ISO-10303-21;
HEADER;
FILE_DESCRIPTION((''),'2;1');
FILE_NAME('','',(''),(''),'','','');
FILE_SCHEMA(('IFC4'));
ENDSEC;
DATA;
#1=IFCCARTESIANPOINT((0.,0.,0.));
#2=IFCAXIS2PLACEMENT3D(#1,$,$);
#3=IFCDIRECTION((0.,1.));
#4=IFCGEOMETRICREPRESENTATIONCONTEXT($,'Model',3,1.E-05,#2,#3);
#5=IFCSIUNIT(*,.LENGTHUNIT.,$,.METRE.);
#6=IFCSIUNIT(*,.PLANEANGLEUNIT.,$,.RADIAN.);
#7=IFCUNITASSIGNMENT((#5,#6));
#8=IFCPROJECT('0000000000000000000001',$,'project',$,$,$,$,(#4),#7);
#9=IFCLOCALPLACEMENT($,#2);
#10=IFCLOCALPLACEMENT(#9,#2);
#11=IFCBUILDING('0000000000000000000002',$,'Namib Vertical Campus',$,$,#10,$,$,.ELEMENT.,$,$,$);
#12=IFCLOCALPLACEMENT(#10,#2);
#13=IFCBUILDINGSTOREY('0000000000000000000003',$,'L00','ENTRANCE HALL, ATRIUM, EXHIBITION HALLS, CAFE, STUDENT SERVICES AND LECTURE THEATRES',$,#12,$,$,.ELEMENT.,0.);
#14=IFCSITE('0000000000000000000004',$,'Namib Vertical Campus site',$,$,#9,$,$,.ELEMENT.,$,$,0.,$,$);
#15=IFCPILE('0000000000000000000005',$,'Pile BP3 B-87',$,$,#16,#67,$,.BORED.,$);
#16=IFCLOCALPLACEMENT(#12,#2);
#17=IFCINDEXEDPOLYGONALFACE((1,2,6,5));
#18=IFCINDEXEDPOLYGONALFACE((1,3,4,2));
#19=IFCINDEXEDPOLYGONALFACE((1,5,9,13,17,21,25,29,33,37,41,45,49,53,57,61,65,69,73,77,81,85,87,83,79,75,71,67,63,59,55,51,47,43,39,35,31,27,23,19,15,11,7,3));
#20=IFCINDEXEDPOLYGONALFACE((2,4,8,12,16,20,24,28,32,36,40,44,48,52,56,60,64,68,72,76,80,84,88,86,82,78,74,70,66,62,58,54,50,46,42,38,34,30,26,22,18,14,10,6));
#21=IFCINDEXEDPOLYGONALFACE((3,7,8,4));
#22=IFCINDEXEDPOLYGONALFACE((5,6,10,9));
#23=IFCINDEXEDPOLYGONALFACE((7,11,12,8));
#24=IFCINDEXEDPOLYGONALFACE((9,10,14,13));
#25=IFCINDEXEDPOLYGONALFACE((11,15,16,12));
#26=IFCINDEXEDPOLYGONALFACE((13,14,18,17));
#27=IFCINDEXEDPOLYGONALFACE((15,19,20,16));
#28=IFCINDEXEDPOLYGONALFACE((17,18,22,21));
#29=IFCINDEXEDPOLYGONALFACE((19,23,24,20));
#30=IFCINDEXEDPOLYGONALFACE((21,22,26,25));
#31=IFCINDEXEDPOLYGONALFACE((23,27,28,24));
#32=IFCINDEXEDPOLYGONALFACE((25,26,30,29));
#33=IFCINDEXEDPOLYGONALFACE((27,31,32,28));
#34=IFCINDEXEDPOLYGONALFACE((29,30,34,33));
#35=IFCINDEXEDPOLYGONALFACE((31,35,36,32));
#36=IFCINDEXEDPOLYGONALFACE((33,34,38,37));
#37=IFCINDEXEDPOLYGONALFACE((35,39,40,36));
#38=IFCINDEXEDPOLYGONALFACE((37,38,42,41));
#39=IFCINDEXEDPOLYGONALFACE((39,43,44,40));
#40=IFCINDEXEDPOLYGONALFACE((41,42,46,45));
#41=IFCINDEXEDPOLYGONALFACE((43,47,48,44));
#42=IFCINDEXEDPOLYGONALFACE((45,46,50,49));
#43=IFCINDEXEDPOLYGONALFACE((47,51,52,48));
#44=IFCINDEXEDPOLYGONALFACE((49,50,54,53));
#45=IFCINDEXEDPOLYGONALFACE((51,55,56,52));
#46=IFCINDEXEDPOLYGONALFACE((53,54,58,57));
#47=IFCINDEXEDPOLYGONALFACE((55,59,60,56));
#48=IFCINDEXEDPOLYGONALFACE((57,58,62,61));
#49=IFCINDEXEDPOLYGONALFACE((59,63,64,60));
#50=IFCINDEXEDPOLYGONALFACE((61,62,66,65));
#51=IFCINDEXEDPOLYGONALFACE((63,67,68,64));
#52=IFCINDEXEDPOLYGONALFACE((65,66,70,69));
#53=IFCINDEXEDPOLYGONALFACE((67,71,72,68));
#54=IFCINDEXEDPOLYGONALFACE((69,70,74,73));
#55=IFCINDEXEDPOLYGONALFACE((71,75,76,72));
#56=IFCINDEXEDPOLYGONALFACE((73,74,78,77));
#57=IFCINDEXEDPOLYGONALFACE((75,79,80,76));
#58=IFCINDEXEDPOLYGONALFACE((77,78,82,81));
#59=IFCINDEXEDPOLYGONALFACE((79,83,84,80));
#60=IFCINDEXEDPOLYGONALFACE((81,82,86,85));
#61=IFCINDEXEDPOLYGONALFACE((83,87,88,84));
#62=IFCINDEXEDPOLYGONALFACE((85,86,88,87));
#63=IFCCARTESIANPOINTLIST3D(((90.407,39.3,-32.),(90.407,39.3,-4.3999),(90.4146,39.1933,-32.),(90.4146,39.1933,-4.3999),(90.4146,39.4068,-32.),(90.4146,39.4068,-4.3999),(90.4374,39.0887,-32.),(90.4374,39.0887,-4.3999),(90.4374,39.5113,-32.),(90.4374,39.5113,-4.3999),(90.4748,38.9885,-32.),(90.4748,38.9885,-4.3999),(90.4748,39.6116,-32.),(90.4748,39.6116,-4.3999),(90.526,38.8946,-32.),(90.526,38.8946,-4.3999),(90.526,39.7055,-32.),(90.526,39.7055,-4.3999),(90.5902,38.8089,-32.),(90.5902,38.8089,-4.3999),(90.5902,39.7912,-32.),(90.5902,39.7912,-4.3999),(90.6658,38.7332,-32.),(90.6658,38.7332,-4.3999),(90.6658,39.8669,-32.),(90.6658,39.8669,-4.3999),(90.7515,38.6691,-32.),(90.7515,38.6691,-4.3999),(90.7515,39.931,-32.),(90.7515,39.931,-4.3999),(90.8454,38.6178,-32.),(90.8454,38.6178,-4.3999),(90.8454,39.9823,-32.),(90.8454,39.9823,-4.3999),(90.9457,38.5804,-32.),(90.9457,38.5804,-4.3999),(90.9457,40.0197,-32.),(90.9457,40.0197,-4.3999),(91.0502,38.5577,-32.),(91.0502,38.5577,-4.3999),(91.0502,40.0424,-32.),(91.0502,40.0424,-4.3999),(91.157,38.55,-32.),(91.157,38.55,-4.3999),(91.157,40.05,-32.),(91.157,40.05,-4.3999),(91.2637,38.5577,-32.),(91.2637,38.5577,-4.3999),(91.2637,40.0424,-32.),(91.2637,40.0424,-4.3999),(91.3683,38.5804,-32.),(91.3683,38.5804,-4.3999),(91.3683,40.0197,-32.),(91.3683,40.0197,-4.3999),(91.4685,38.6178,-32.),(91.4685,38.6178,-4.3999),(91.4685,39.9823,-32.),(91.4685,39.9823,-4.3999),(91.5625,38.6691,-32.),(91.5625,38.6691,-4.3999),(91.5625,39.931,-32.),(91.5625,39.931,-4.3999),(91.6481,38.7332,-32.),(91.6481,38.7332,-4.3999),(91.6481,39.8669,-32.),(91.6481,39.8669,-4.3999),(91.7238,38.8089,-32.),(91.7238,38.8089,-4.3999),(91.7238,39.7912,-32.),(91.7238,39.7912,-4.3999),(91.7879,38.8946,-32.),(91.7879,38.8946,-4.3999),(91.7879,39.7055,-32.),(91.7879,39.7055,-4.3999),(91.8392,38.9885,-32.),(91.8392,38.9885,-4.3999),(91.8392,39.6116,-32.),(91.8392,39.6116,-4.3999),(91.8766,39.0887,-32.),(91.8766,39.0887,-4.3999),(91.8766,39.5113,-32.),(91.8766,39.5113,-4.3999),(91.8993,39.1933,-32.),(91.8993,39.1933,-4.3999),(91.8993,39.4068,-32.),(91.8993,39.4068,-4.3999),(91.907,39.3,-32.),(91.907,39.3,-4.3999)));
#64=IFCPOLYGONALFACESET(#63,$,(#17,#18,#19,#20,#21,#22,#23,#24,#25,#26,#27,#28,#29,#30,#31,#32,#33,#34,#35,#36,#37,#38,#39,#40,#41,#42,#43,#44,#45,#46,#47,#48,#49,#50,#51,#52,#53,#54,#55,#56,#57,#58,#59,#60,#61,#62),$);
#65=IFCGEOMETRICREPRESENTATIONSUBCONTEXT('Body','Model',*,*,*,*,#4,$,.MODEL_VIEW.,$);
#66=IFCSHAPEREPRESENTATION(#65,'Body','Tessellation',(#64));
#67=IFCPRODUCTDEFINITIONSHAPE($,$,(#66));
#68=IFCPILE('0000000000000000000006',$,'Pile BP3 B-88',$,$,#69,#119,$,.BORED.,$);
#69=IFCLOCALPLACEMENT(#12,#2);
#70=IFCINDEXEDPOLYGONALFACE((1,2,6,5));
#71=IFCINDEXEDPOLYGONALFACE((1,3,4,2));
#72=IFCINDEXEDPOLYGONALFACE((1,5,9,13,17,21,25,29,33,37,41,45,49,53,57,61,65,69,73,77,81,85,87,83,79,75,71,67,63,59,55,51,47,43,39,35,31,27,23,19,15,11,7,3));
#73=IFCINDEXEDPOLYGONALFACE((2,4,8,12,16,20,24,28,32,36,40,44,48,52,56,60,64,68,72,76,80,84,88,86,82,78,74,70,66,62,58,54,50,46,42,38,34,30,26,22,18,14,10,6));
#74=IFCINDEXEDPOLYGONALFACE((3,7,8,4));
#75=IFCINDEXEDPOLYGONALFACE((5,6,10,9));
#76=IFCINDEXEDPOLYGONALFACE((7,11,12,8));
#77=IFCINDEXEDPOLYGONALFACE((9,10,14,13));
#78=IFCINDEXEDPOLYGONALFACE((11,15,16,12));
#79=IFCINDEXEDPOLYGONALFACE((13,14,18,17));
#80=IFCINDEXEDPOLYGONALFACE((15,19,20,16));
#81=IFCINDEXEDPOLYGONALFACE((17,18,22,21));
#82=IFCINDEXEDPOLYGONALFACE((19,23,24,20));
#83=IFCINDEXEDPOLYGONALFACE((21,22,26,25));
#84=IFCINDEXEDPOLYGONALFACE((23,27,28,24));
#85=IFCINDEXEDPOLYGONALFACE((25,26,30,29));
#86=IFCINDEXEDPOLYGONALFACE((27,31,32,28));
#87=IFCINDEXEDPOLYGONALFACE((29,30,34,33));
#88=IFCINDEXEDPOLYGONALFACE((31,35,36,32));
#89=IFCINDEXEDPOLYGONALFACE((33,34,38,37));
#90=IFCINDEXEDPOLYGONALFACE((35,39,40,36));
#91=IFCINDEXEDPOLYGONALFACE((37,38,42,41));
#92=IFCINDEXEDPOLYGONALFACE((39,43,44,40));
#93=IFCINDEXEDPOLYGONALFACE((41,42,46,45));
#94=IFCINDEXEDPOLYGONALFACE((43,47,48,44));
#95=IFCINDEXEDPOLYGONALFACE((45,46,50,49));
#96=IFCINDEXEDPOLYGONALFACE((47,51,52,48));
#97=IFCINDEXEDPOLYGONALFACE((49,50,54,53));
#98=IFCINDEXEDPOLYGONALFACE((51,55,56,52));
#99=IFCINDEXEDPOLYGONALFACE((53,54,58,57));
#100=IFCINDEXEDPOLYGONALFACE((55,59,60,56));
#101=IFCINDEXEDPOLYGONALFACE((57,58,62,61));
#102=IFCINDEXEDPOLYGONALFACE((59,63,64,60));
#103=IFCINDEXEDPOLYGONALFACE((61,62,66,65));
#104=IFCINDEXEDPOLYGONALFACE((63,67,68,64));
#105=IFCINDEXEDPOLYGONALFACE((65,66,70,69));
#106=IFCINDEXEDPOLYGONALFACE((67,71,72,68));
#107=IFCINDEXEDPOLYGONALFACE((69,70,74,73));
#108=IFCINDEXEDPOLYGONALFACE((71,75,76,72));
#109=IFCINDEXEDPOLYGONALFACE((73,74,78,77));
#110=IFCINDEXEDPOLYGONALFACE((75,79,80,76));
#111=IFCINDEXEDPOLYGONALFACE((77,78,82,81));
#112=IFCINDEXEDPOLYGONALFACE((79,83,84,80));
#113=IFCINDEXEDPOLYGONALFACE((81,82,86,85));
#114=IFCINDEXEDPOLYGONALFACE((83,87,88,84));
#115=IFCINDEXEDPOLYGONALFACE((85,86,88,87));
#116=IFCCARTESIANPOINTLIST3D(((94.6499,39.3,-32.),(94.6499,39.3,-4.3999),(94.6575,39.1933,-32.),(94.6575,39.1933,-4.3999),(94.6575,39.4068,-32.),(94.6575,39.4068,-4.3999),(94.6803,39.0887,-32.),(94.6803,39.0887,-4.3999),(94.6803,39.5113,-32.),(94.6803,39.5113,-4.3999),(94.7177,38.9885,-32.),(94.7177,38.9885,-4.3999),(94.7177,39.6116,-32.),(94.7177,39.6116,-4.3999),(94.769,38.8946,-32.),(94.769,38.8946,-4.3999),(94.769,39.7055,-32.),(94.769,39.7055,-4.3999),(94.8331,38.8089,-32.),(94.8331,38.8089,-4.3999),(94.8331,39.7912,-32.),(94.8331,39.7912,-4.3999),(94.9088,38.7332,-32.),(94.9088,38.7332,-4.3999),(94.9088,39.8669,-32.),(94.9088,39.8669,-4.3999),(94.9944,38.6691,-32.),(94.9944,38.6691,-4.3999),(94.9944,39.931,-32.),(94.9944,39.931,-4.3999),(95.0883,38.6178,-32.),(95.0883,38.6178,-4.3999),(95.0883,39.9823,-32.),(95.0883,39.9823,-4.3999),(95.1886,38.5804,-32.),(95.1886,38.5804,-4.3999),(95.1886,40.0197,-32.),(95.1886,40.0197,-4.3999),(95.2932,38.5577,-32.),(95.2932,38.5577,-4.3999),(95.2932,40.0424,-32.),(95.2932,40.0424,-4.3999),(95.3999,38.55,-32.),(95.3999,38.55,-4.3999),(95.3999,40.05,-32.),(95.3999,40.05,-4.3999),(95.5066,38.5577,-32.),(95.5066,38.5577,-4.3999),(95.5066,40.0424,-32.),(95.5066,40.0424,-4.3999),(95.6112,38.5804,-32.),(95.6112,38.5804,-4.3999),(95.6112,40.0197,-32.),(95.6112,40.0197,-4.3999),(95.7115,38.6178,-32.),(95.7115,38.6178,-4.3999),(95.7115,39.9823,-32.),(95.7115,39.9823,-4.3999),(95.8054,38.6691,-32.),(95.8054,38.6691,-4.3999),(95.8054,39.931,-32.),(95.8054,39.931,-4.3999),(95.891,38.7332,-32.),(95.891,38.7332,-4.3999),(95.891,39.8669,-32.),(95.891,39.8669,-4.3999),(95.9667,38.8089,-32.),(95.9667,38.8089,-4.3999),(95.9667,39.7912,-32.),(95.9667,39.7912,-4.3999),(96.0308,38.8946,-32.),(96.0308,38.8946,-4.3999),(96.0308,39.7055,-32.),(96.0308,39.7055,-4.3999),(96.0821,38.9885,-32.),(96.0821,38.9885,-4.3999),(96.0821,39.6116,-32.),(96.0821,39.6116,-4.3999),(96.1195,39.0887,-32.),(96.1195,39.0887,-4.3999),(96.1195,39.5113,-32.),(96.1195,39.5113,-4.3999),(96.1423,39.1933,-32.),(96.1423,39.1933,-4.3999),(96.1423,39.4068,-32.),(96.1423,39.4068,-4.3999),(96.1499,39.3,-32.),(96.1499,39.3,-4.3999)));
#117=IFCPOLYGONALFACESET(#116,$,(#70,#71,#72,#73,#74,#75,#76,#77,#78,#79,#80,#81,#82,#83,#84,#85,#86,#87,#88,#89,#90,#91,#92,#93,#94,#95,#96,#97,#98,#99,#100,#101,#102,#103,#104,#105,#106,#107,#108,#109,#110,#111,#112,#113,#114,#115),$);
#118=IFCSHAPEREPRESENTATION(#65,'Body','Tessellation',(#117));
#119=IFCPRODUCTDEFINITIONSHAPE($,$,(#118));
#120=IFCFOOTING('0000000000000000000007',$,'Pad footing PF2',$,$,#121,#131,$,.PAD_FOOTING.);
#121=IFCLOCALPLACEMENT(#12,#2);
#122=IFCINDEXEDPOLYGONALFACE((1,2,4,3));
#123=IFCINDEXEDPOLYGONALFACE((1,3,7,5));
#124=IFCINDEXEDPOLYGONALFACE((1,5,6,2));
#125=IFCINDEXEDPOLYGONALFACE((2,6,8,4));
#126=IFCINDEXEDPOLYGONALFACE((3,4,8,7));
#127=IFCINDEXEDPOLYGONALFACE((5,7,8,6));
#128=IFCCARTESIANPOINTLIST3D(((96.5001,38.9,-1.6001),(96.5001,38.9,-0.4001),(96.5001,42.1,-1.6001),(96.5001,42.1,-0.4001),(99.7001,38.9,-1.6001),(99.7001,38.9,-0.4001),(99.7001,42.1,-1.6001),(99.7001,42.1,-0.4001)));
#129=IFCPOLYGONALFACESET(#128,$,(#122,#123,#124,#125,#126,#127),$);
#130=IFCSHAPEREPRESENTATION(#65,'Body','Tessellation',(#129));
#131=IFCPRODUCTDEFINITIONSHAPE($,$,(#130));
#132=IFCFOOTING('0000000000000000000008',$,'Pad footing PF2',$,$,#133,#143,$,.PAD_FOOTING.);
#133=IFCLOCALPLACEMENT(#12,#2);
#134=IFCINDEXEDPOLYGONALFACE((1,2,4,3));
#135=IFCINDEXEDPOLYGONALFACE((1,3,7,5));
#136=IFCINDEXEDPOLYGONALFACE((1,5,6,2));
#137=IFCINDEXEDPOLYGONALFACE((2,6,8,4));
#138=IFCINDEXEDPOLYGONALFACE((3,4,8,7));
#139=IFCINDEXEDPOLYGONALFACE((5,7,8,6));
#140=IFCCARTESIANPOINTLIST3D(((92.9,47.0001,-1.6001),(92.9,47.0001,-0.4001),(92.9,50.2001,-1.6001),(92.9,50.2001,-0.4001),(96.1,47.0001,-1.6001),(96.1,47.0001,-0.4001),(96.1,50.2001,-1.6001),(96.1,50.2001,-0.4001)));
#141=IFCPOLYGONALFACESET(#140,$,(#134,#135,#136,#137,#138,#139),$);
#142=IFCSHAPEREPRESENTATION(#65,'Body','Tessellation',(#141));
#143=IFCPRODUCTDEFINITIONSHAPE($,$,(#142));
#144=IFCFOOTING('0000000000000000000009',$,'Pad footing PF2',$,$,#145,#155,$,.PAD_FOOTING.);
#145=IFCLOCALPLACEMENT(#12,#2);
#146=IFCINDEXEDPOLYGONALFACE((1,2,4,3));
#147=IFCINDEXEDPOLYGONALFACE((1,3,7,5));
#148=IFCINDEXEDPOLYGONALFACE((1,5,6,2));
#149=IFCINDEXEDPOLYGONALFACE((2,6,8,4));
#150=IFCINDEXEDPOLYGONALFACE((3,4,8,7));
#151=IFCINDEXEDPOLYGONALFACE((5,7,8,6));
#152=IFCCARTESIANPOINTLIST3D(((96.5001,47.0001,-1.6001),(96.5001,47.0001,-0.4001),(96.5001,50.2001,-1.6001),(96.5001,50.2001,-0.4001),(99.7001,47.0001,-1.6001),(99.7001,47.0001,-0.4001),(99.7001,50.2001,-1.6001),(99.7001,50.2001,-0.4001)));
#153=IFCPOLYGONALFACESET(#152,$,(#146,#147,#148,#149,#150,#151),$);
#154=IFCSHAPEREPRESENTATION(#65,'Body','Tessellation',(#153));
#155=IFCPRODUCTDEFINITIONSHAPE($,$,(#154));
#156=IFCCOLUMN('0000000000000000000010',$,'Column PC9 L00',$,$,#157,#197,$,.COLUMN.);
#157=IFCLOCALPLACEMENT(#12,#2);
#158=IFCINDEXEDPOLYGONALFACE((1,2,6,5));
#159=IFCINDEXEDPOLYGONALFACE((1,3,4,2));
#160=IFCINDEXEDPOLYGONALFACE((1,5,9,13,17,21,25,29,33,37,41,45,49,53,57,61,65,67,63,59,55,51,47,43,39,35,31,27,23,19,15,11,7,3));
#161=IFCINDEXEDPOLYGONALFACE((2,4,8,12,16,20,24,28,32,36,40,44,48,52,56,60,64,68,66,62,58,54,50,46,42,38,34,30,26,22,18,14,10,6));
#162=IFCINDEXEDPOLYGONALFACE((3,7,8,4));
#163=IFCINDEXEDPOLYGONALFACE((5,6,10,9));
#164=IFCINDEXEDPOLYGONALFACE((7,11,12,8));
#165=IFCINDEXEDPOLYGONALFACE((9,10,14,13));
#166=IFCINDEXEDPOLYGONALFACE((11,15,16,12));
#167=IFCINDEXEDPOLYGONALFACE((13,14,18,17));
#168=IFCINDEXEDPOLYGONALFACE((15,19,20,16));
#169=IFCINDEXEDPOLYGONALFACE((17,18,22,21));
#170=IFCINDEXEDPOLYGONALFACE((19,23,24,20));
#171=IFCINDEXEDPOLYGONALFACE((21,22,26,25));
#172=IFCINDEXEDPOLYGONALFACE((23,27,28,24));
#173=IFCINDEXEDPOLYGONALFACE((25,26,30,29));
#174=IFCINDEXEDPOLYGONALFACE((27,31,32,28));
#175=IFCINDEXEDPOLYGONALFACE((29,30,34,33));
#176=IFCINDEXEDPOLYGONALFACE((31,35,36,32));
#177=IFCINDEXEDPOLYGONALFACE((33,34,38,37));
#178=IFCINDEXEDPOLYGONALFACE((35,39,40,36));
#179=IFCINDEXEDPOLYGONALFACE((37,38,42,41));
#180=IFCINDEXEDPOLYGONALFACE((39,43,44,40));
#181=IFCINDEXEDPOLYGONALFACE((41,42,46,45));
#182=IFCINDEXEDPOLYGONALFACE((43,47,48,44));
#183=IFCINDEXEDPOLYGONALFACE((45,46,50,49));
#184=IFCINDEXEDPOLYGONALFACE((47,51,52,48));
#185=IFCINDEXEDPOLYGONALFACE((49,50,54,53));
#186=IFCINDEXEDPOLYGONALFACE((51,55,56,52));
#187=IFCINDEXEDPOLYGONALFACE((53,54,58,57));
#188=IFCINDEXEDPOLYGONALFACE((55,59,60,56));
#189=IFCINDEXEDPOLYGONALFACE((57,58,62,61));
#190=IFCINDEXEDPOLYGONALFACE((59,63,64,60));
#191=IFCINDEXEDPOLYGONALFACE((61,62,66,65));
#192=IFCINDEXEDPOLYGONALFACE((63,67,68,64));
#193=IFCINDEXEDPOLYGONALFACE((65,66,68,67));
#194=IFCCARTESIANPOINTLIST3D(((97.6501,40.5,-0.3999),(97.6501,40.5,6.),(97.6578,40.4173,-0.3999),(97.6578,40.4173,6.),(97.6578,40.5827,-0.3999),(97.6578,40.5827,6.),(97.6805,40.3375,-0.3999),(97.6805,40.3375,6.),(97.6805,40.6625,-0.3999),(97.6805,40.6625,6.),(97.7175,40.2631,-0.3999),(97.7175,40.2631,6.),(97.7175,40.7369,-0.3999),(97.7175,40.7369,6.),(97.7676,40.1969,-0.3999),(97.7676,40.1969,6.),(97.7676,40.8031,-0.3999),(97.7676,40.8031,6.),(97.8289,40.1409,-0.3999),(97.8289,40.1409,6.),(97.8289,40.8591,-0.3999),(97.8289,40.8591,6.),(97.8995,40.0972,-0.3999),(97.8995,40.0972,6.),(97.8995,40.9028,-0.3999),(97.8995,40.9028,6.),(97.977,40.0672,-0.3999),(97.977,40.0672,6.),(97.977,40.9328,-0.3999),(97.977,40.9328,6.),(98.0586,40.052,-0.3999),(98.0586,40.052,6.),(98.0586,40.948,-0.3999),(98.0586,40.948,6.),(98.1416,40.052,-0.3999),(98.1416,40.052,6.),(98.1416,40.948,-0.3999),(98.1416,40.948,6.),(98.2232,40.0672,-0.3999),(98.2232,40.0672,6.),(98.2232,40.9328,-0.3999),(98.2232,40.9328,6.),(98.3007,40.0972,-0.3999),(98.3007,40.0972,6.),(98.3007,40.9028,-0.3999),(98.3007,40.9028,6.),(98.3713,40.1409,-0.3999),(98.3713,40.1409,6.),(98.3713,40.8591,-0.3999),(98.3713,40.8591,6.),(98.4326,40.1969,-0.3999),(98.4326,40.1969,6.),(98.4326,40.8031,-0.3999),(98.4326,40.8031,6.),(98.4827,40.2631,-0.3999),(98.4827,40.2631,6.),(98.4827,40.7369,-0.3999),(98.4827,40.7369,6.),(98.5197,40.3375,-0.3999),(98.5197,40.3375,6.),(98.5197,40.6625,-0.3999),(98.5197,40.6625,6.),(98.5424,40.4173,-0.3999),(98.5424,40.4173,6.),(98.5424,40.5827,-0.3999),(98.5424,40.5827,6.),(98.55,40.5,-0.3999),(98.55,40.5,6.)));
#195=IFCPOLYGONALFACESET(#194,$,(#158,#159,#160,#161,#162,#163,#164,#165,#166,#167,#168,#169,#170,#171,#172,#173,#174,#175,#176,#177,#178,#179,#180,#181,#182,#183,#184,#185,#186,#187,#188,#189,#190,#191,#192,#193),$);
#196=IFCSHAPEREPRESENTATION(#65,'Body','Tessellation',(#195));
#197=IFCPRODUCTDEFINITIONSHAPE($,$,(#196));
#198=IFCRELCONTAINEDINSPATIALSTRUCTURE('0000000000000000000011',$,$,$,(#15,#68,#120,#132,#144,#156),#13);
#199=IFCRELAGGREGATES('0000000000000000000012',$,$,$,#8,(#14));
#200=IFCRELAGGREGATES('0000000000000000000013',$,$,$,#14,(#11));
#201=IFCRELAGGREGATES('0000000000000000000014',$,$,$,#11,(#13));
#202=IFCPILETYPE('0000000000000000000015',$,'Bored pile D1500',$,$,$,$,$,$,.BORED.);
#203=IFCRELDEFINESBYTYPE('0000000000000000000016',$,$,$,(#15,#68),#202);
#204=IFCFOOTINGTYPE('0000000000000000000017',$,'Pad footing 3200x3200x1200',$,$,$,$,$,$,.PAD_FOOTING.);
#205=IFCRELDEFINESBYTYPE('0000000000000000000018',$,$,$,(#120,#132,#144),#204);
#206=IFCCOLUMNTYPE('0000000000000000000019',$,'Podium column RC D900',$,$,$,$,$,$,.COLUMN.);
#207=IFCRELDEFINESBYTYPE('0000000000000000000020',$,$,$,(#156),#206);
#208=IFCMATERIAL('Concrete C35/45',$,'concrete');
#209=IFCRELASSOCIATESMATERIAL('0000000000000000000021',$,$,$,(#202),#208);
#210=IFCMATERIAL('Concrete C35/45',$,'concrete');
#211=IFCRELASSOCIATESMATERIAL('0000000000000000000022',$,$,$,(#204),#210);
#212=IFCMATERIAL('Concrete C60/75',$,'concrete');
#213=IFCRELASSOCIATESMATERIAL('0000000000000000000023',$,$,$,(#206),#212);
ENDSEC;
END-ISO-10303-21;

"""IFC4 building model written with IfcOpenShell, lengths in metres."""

from ifc_helpers import new_model, si_unit, direction, frame, origin, origin_2d, place, context, subcontext, project, spatial, rectangle, circle, extrude, material, material_profile, profile_set, type_object, element, save


model = new_model("IFC4")

# Units and contexts
model_context = context("Model", 3, precision=1e-05, world=origin(), true_north=direction((0.0, 1.0)))
body_context = subcontext(model_context, "Body", "Model", "MODEL_VIEW")
ifc_project = project(units=[si_unit("LENGTHUNIT", "METRE"), si_unit("PLANEANGLEUNIT", "RADIAN")], contexts=[model_context])

# Site, building, storey
site_placement = place(None, origin())
site = spatial("IfcSite", under=ifc_project, at=site_placement, Name="Namib Vertical Campus site", CompositionType="ELEMENT", RefElevation=0.0)
building_placement = place(site_placement, origin())
building = spatial("IfcBuilding", under=site, at=building_placement, Name="Namib Vertical Campus", CompositionType="ELEMENT")
storey_placement = place(building_placement, origin())
storey = spatial("IfcBuildingStorey", under=building, at=storey_placement, Name="L00", Description="ENTRANCE HALL, ATRIUM, EXHIBITION HALLS, CAFE, STUDENT SERVICES AND LECTURE THEATRES", CompositionType="ELEMENT", Elevation=0.0)

# Piles
ifc_material_1 = material(Name="Concrete C35/45", Category="concrete")
ifc_material_profile_1 = material_profile(ifc_material_1, circle(Radius=0.75, at=origin_2d()))
ifc_profile_set_1 = profile_set([ifc_material_profile_1], Name="Concrete C35/45")
pile_type = type_object("IfcPileType", Name="Bored pile D1500", PredefinedType="BORED", material=ifc_profile_set_1)
for number, where, z_axis, x_axis, name in (
    (1, (91.157, 39.3, -4.3999), (0.0, 0.0, -1.0), (1.0, 0.0, 0.0), "Pile BP3 B-87"),
    (2, (95.3999, 39.3, -4.3999), (0.0, 0.0, -1.0), (1.0, 0.0, 0.0), "Pile BP3 B-88"),
):
    element("IfcPile", number, at=place(storey_placement, frame(where, z_axis=z_axis, x_axis=x_axis)), inside=storey, type_object=pile_type, Name=name, PredefinedType="BORED", context=body_context, shape_type="SweptSolid", body=[
        extrude(circle(Radius=0.75, at=origin_2d()), origin(), (0.0, 0.0, 1.0), 27.6001),
    ])

# Footings
ifc_material_2 = material(Name="Concrete C35/45", Category="concrete")
footing_type = type_object("IfcFootingType", Name="Pad footing 3200x3200x1200", PredefinedType="PAD_FOOTING", material=ifc_material_2)
for number, where, z_axis, x_axis, name in (
    (3, (98.1001, 40.5, -1.6001), (0.0, 0.0, 1.0), (1.0, 0.0, 0.0), "Pad footing PF2"),
    (4, (94.5, 48.6001, -1.6001), (0.0, 0.0, 1.0), (1.0, 0.0, 0.0), "Pad footing PF2"),
    (5, (98.1001, 48.6001, -1.6001), (0.0, 0.0, 1.0), (1.0, 0.0, 0.0), "Pad footing PF2"),
):
    element("IfcFooting", number, at=place(storey_placement, frame(where, z_axis=z_axis, x_axis=x_axis)), inside=storey, type_object=footing_type, Name=name, PredefinedType="PAD_FOOTING", context=body_context, shape_type="SweptSolid", body=[
        extrude(rectangle(XDim=3.2, YDim=3.2, at=origin_2d()), origin(), (0.0, 0.0, 1.0), 1.2),
    ])

# Column
ifc_material_3 = material(Name="Concrete C60/75", Category="concrete")
ifc_material_profile_2 = material_profile(ifc_material_3, circle(Radius=0.45, at=origin_2d()))
ifc_profile_set_2 = profile_set([ifc_material_profile_2], Name="Concrete C60/75")
column_type = type_object("IfcColumnType", Name="Podium column RC D900", PredefinedType="COLUMN", material=ifc_profile_set_2)
for number, where, z_axis, x_axis, name in (
    (6, (98.1001, 40.5, -0.3999), (0.0, 0.0, 1.0), (1.0, 0.0, 0.0), "Column PC9 L00"),
):
    element("IfcColumn", number, at=place(storey_placement, frame(where, z_axis=z_axis, x_axis=x_axis)), inside=storey, type_object=column_type, Name=name, PredefinedType="COLUMN", context=body_context, shape_type="SweptSolid", body=[
        extrude(circle(Radius=0.45, at=origin_2d()), origin(), (0.0, 0.0, 1.0), 6.3999),
    ])

save(model, "model.ifc")
